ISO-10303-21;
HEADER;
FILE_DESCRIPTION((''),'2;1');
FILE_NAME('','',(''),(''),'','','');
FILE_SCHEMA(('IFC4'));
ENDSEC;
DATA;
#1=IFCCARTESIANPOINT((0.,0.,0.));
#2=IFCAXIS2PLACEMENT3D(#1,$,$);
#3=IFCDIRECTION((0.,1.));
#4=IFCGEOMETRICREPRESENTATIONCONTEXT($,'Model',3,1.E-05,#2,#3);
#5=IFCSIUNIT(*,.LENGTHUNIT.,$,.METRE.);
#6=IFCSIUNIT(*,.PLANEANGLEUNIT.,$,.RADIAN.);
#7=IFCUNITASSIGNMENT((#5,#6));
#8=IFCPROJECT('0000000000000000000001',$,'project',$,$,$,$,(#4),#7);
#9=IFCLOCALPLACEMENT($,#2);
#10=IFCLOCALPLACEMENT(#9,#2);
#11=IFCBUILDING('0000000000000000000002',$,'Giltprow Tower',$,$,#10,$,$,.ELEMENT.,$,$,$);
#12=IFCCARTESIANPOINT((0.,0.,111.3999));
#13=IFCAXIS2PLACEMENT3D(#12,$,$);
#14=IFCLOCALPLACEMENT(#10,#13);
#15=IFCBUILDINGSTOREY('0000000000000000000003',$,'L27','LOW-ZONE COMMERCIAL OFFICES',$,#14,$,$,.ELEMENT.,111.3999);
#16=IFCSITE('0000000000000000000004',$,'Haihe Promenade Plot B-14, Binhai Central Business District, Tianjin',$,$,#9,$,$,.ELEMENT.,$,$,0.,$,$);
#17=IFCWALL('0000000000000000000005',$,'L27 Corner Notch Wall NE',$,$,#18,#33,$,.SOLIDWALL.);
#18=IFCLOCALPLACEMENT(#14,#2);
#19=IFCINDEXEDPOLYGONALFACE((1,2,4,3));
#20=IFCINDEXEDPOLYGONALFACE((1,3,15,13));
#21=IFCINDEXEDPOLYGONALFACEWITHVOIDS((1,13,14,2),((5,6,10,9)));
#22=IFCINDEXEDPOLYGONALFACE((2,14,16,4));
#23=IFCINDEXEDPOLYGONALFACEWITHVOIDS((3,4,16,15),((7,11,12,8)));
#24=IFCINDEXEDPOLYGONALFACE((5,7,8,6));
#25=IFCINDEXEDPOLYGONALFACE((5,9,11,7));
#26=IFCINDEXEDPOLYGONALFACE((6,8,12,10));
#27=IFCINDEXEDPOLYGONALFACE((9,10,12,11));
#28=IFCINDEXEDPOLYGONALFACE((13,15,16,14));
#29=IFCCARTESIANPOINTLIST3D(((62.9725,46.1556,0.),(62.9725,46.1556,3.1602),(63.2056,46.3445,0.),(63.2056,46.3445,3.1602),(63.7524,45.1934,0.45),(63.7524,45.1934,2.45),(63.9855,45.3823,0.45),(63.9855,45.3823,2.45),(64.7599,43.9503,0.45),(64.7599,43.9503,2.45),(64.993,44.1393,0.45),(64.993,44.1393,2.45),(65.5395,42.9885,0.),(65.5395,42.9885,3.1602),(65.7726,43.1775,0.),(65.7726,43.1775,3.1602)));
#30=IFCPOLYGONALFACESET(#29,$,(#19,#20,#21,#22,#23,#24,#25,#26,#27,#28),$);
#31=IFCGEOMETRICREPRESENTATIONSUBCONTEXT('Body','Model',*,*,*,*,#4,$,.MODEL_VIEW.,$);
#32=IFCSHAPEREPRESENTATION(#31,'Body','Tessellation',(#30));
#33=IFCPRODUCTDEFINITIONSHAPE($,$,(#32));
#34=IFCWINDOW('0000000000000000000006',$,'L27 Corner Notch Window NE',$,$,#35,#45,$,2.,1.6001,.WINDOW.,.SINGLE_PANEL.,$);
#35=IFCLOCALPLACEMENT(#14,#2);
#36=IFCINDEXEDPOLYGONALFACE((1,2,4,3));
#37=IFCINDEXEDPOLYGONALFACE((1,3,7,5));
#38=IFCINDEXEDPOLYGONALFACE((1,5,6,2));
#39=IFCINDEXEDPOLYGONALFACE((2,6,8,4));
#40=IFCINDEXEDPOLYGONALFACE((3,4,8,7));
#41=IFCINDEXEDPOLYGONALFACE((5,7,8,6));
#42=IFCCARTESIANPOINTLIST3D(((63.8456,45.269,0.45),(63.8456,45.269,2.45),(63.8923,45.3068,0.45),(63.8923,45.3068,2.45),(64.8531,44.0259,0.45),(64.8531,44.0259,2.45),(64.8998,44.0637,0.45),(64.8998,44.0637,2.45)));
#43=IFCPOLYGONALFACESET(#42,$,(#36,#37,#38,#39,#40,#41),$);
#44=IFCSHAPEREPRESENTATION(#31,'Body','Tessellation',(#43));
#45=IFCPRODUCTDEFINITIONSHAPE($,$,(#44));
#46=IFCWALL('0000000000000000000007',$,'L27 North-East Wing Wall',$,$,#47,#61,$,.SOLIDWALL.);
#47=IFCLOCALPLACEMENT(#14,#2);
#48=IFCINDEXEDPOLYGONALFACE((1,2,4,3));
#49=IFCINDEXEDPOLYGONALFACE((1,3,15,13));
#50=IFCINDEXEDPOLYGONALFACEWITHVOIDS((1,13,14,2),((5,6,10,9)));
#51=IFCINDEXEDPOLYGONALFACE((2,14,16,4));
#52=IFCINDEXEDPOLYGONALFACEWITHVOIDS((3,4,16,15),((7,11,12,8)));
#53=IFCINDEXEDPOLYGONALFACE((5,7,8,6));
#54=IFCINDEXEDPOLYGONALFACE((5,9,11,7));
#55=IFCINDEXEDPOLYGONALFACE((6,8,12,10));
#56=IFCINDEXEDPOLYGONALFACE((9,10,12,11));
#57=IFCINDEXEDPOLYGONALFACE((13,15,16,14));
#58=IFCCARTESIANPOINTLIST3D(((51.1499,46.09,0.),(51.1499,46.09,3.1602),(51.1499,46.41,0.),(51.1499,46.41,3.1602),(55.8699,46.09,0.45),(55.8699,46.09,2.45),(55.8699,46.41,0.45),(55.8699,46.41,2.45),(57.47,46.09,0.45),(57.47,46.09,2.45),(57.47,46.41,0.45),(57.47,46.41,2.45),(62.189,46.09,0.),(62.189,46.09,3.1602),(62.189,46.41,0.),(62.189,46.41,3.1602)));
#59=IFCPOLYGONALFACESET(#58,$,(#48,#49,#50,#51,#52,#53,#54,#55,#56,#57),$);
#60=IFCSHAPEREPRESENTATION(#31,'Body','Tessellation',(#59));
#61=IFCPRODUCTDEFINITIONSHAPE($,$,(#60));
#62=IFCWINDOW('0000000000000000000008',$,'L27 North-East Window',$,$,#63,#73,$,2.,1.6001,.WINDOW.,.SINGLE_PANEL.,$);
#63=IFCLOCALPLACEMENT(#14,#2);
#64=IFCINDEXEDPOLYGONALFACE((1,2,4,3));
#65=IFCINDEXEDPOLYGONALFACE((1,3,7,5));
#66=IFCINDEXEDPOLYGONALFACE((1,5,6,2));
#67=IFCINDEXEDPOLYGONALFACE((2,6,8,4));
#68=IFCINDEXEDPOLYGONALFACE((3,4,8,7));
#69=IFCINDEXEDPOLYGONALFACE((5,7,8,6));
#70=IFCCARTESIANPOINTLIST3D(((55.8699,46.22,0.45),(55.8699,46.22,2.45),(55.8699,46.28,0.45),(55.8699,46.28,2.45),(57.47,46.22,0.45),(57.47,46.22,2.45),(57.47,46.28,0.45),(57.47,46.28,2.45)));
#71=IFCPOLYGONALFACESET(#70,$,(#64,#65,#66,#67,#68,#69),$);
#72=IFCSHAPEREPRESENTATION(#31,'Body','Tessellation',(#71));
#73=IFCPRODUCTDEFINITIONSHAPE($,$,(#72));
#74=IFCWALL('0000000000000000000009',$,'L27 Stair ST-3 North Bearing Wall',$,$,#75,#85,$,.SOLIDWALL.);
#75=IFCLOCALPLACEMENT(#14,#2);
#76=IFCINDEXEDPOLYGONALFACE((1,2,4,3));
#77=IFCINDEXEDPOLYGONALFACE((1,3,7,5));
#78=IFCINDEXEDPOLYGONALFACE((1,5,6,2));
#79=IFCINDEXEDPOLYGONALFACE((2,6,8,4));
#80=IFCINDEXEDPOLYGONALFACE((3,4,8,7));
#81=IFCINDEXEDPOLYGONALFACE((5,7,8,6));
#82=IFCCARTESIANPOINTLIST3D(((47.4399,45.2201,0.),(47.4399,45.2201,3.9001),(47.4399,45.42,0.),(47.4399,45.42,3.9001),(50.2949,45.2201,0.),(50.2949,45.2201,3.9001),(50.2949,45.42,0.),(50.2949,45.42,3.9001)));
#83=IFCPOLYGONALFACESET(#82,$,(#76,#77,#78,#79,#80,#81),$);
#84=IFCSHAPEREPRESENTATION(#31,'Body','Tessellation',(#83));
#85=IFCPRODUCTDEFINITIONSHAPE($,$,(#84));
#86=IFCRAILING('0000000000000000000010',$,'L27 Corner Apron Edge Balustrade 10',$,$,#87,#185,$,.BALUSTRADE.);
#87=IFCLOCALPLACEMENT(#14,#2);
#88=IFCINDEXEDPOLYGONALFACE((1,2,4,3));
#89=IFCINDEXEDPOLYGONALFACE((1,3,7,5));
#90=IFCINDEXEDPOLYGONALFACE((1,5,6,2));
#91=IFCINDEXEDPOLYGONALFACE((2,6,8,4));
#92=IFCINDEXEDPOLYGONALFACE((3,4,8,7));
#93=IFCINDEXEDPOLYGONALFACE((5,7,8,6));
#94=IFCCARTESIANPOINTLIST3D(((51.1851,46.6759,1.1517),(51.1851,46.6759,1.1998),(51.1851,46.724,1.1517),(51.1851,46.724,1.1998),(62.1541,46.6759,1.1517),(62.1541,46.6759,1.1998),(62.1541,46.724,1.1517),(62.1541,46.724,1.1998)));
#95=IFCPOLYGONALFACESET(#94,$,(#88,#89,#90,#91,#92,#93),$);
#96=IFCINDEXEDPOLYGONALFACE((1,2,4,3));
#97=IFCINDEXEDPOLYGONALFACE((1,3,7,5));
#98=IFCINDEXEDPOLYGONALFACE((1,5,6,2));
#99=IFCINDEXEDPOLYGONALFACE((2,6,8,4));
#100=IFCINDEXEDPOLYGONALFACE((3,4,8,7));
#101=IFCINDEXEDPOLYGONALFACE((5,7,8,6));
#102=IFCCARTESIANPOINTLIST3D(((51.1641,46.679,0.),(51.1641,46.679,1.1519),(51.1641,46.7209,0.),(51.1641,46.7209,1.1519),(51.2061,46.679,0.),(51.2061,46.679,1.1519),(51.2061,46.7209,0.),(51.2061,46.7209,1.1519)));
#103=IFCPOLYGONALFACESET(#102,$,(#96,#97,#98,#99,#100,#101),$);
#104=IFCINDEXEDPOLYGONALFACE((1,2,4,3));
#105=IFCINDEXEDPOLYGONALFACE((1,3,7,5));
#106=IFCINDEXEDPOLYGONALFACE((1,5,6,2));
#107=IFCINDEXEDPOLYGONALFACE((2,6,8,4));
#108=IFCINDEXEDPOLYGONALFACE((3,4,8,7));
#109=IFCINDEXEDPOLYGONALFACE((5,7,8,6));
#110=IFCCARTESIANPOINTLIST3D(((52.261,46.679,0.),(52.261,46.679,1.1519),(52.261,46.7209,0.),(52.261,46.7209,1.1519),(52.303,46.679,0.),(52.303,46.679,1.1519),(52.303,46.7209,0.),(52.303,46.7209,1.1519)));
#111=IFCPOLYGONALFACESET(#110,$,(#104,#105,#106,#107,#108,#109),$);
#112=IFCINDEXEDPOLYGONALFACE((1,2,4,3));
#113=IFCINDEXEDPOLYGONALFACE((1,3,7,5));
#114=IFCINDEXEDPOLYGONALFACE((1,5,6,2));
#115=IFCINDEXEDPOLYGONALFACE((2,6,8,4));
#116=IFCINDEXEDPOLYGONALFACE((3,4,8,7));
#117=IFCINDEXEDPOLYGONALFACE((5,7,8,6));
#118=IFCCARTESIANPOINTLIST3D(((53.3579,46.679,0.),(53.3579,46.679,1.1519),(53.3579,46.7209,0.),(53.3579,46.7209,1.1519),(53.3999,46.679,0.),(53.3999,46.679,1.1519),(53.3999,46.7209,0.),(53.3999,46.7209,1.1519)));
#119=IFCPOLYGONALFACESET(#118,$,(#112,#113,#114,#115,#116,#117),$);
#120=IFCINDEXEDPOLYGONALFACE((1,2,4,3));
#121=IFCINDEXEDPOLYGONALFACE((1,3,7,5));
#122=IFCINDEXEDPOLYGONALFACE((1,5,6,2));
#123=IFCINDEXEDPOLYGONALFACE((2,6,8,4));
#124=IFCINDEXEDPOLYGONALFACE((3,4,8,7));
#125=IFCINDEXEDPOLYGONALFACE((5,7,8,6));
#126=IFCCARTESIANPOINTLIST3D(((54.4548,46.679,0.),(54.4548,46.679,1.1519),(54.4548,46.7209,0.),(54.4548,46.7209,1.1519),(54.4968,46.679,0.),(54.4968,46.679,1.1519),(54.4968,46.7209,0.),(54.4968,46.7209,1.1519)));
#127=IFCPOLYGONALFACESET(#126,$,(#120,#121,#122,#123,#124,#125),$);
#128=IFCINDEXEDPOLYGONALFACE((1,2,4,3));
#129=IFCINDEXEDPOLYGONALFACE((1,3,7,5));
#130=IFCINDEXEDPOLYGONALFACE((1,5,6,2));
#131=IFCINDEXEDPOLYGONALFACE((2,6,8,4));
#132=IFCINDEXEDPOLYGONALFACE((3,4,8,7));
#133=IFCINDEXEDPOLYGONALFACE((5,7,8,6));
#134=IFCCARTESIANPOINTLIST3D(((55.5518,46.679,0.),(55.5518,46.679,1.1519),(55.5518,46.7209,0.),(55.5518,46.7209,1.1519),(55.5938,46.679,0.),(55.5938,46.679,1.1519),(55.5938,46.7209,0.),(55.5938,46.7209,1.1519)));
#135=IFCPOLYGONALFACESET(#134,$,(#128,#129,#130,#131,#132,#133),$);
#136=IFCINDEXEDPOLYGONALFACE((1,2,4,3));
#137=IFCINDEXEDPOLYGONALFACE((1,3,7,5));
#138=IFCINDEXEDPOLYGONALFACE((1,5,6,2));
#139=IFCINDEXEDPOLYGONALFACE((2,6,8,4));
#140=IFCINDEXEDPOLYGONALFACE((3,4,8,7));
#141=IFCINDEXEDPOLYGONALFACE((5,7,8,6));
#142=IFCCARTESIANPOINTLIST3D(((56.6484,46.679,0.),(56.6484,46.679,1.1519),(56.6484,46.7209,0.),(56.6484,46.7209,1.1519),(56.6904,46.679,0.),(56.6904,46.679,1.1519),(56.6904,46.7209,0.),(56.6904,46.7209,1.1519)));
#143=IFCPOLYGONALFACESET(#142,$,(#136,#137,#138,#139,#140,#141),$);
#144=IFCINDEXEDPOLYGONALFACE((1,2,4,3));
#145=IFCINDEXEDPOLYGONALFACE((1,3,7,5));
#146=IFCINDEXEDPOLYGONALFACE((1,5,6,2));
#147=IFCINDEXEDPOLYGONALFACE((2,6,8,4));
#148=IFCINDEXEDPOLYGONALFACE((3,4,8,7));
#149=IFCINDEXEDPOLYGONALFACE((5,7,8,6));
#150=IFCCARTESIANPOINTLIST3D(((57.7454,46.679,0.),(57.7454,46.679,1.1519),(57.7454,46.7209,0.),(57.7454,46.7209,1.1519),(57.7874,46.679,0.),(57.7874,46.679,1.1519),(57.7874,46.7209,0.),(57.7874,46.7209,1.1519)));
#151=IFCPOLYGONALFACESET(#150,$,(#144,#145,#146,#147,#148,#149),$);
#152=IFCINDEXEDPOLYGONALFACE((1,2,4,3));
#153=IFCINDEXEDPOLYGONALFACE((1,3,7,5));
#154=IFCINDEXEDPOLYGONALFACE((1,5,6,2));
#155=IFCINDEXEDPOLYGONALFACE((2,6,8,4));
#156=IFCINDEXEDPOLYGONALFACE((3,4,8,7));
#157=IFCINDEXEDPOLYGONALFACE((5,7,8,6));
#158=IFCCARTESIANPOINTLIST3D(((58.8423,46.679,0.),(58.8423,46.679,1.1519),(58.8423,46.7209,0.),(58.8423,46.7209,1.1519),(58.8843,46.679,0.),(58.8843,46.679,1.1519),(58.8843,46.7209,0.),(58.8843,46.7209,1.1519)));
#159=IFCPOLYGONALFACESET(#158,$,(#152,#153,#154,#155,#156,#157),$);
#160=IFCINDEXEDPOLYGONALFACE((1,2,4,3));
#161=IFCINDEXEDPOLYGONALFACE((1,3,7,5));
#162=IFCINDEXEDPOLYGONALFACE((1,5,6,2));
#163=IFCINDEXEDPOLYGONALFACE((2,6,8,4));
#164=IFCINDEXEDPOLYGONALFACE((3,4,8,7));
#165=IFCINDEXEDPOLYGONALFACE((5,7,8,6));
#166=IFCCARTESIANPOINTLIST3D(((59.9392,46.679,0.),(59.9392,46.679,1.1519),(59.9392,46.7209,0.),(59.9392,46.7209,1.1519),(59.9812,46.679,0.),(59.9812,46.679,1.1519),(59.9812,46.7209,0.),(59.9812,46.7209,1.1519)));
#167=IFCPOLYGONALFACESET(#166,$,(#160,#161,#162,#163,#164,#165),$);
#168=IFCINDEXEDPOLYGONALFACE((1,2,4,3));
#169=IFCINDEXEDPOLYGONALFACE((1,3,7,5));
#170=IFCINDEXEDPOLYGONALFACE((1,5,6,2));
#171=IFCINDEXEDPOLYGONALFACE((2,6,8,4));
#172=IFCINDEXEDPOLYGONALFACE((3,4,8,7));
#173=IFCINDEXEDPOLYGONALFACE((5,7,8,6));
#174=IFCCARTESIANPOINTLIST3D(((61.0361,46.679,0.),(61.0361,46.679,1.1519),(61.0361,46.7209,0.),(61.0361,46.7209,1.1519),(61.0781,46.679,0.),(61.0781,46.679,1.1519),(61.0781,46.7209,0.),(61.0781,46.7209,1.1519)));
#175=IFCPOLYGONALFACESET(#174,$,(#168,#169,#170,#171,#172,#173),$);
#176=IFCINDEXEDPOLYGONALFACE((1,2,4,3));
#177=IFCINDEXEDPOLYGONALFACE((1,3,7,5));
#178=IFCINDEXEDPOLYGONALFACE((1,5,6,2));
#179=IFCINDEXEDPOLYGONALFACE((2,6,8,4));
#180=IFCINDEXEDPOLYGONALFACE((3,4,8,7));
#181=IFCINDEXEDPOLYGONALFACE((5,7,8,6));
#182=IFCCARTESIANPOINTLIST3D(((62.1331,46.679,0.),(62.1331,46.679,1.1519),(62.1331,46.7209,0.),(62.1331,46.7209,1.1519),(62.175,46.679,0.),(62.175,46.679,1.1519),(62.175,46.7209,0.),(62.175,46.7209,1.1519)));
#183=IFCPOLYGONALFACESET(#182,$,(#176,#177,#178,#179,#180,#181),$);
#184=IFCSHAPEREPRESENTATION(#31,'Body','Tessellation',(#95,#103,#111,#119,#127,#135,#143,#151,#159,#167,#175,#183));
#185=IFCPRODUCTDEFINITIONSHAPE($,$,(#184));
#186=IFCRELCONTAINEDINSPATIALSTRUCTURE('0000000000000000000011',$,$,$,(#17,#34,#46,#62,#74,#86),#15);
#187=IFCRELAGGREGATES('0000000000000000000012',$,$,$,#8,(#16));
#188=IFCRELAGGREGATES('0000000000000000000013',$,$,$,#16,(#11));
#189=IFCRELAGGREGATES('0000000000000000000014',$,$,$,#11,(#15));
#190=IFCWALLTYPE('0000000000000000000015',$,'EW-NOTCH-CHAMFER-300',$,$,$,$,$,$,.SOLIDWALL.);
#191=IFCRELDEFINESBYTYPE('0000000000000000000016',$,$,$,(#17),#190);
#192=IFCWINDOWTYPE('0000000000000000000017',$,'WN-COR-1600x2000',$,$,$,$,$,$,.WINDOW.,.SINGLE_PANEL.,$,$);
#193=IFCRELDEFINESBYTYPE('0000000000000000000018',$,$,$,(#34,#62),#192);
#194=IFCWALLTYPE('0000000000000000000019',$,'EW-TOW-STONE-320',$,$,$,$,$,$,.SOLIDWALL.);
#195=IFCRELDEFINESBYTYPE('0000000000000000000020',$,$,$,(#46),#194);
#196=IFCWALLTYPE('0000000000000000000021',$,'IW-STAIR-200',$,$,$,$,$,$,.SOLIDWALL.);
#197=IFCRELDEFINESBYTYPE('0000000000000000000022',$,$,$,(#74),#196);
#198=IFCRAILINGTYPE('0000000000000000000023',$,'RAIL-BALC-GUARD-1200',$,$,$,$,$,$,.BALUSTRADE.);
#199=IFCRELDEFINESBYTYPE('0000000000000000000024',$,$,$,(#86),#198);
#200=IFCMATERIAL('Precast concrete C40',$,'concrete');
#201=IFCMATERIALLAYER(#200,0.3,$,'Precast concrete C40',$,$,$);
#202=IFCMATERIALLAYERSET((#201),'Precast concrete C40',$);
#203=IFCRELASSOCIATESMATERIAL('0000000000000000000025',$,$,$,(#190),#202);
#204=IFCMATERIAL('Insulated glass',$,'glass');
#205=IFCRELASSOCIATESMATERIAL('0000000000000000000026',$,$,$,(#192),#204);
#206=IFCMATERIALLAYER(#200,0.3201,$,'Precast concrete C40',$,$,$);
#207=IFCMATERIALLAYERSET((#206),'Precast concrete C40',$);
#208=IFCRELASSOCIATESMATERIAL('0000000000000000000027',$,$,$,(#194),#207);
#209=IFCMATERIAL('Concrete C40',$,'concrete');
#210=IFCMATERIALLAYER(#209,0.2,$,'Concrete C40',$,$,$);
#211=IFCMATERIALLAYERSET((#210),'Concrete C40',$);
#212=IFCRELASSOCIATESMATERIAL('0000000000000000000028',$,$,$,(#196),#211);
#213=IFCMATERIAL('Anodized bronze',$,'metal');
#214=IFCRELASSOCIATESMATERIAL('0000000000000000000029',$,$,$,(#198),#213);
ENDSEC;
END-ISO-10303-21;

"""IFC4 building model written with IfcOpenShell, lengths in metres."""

from ifc_helpers import new_model, si_unit, direction, frame, frame_2d, origin, origin_2d, place, context, subcontext, project, spatial, rectangle, extrude, source, transform, mapped, material, layer, layer_set, type_object, element, fill, save


model = new_model("IFC4")

# Units and contexts
model_context = context("Model", 3, precision=1e-05, world=origin(), true_north=direction((0.0, 1.0)))
body_context = subcontext(model_context, "Body", "Model", "MODEL_VIEW")
ifc_project = project(units=[si_unit("LENGTHUNIT", "METRE"), si_unit("PLANEANGLEUNIT", "RADIAN")], contexts=[model_context])

# Site, building, storey
site_placement = place(None, origin())
site = spatial("IfcSite", under=ifc_project, at=site_placement, Name="Haihe Promenade Plot B-14, Binhai Central Business District, Tianjin", CompositionType="ELEMENT", RefElevation=0.0)
building_placement = place(site_placement, origin())
building = spatial("IfcBuilding", under=site, at=building_placement, Name="Giltprow Tower", CompositionType="ELEMENT")
storey_placement = place(building_placement, frame((0.0, 0.0, 111.3999)))
storey = spatial("IfcBuildingStorey", under=building, at=storey_placement, Name="L27", Description="LOW-ZONE COMMERCIAL OFFICES", CompositionType="ELEMENT", Elevation=111.3999)

# Walls, openings, windows
ifc_material_1 = material(Name="Precast concrete C40", Category="concrete")
ifc_layer_1 = layer(ifc_material_1, 0.3, Name="Precast concrete C40")
ifc_layer_set_1 = layer_set([ifc_layer_1], Name="Precast concrete C40")
wall_type_1 = type_object("IfcWallType", Name="EW-NOTCH-CHAMFER-300", PredefinedType="SOLIDWALL", material=ifc_layer_set_1)
wall_1_placement = place(storey_placement, frame((65.656, 43.083, 0.0), z_axis=(0.0, 0.0, 1.0), x_axis=(-0.629663, 0.776868, 0.0)))
wall_1 = element("IfcWall", 1, at=wall_1_placement, inside=storey, type_object=wall_type_1, Name="L27 Corner Notch Wall NE", PredefinedType="SOLIDWALL", context=body_context, shape_type="SweptSolid", body=[
    extrude(rectangle(XDim=4.0767, YDim=0.3, at=frame_2d((2.0383, 0.0))), origin(), (0.0, 0.0, 1.0), 3.1602),
])
opening_1_placement = place(wall_1_placement, frame((1.238, 0.0, 0.45)))
opening_1 = element("IfcOpeningElement", 2, at=opening_1_placement, cuts=wall_1, PredefinedType="OPENING", context=body_context, shape_type="SweptSolid", body=[
    extrude(rectangle(XDim=1.6001, YDim=2.0, at=frame_2d((0.8, 1.0))), frame((0.0, 0.1599, 0.0), z_axis=(0.0, -1.0, 0.0), x_axis=(1.0, 0.0, 0.0)), (0.0, 0.0, 1.0), 0.3201),
])
ifc_material_2 = material(Name="Insulated glass", Category="glass")
window_type = type_object("IfcWindowType", Name="WN-COR-1600x2000", PartitioningType="SINGLE_PANEL", PredefinedType="WINDOW", material=ifc_material_2)
shared_shape_1 = source(origin(), body_context, "Body", "SweptSolid", [
    extrude(rectangle(XDim=1.6001, YDim=2.0, at=frame_2d((0.8, 1.0))), frame((0.0, 0.03, 0.0), z_axis=(0.0, -1.0, 0.0), x_axis=(1.0, 0.0, 0.0)), (0.0, 0.0, 1.0), 0.0601),
])
window_1_placement = place(opening_1_placement, origin())
window_1 = element("IfcWindow", 3, at=window_1_placement, inside=storey, type_object=window_type, Name="L27 Corner Notch Window NE", OverallHeight=2.0, OverallWidth=1.6001, PartitioningType="SINGLE_PANEL", PredefinedType="WINDOW", context=body_context, shape_type="MappedRepresentation", body=[
    mapped(shared_shape_1, transform((0.0, 0.0, 0.0), x_axis=(1.0, 0.0, 0.0), y_axis=(0.0, 1.0, 0.0), z_axis=(0.0, 0.0, 1.0), scale=1.0)),
])
fill(opening_1, window_1)
ifc_layer_2 = layer(ifc_material_1, 0.3201, Name="Precast concrete C40")
ifc_layer_set_2 = layer_set([ifc_layer_2], Name="Precast concrete C40")
wall_type_2 = type_object("IfcWallType", Name="EW-TOW-STONE-320", PredefinedType="SOLIDWALL", material=ifc_layer_set_2)
wall_2_placement = place(storey_placement, frame((51.1499, 46.25, 0.0), z_axis=(0.0, 0.0, 1.0), x_axis=(1.0, 0.0, 0.0)))
wall_2 = element("IfcWall", 4, at=wall_2_placement, inside=storey, type_object=wall_type_2, Name="L27 North-East Wing Wall", PredefinedType="SOLIDWALL", context=body_context, shape_type="SweptSolid", body=[
    extrude(rectangle(XDim=11.0391, YDim=0.3201, at=frame_2d((5.5195, 0.0))), origin(), (0.0, 0.0, 1.0), 3.1602),
])
opening_2_placement = place(wall_2_placement, frame((4.72, 0.0, 0.45)))
opening_2 = element("IfcOpeningElement", 5, at=opening_2_placement, cuts=wall_2, PredefinedType="OPENING", context=body_context, shape_type="SweptSolid", body=[
    extrude(rectangle(XDim=1.6001, YDim=2.0, at=frame_2d((0.8, 1.0))), frame((0.0, 0.1699, 0.0), z_axis=(0.0, -1.0, 0.0), x_axis=(1.0, 0.0, 0.0)), (0.0, 0.0, 1.0), 0.3401),
])
window_2_placement = place(opening_2_placement, origin())
window_2 = element("IfcWindow", 6, at=window_2_placement, inside=storey, type_object=window_type, Name="L27 North-East Window", OverallHeight=2.0, OverallWidth=1.6001, PartitioningType="SINGLE_PANEL", PredefinedType="WINDOW", context=body_context, shape_type="MappedRepresentation", body=[
    mapped(shared_shape_1, transform((0.0, 0.0, 0.0), x_axis=(1.0, 0.0, 0.0), y_axis=(0.0, 1.0, 0.0), z_axis=(0.0, 0.0, 1.0), scale=1.0)),
])
fill(opening_2, window_2)

# Wall
ifc_material_3 = material(Name="Concrete C40", Category="concrete")
ifc_layer_3 = layer(ifc_material_3, 0.2, Name="Concrete C40")
ifc_layer_set_3 = layer_set([ifc_layer_3], Name="Concrete C40")
wall_type_3 = type_object("IfcWallType", Name="IW-STAIR-200", PredefinedType="SOLIDWALL", material=ifc_layer_set_3)
wall_3_placement = place(storey_placement, frame((47.4399, 45.3201, 0.0), z_axis=(0.0, 0.0, 1.0), x_axis=(1.0, 0.0, 0.0)))
element("IfcWall", 7, at=wall_3_placement, inside=storey, type_object=wall_type_3, Name="L27 Stair ST-3 North Bearing Wall", PredefinedType="SOLIDWALL", context=body_context, shape_type="SweptSolid", body=[
    extrude(rectangle(XDim=2.855, YDim=0.2, at=frame_2d((1.4275, 0.0))), origin(), (0.0, 0.0, 1.0), 3.9001),
])

# Railing
ifc_material_4 = material(Name="Anodized bronze", Category="metal")
railing_type_1 = type_object("IfcRailingType", Name="RAIL-BALC-GUARD-1200", PredefinedType="BALUSTRADE", material=ifc_material_4)
railing_1_placement = place(storey_placement, frame((51.1851, 46.7, 0.0)))
element("IfcRailing", 8, at=railing_1_placement, inside=storey, type_object=railing_type_1, Name="L27 Corner Apron Edge Balustrade 10", PredefinedType="BALUSTRADE", context=body_context, shape_type="SweptSolid", body=[
    extrude(rectangle(XDim=0.0481, YDim=0.0481, at=origin_2d()), frame((0.0, 0.0, 1.1758), z_axis=(1.0, 0.0, 0.0), x_axis=(0.0, 1.0, 0.0)), (0.0, 0.0, 1.0), 10.969),
    extrude(rectangle(XDim=0.042, YDim=0.042, at=origin_2d()), origin(), (0.0, 0.0, 1.0), 1.1519),
    extrude(rectangle(XDim=0.042, YDim=0.042, at=origin_2d()), frame((1.0969, 0.0, 0.0)), (0.0, 0.0, 1.0), 1.1519),
    extrude(rectangle(XDim=0.042, YDim=0.042, at=origin_2d()), frame((2.1938, 0.0, 0.0)), (0.0, 0.0, 1.0), 1.1519),
    extrude(rectangle(XDim=0.042, YDim=0.042, at=origin_2d()), frame((3.2908, 0.0, 0.0)), (0.0, 0.0, 1.0), 1.1519),
    extrude(rectangle(XDim=0.042, YDim=0.042, at=origin_2d()), frame((4.3877, 0.0, 0.0)), (0.0, 0.0, 1.0), 1.1519),
    extrude(rectangle(XDim=0.042, YDim=0.042, at=origin_2d()), frame((5.4844, 0.0, 0.0)), (0.0, 0.0, 1.0), 1.1519),
    extrude(rectangle(XDim=0.042, YDim=0.042, at=origin_2d()), frame((6.5813, 0.0, 0.0)), (0.0, 0.0, 1.0), 1.1519),
    extrude(rectangle(XDim=0.042, YDim=0.042, at=origin_2d()), frame((7.6782, 0.0, 0.0)), (0.0, 0.0, 1.0), 1.1519),
    extrude(rectangle(XDim=0.042, YDim=0.042, at=origin_2d()), frame((8.7751, 0.0, 0.0)), (0.0, 0.0, 1.0), 1.1519),
    extrude(rectangle(XDim=0.042, YDim=0.042, at=origin_2d()), frame((9.8721, 0.0, 0.0)), (0.0, 0.0, 1.0), 1.1519),
    extrude(rectangle(XDim=0.042, YDim=0.042, at=origin_2d()), frame((10.969, 0.0, 0.0)), (0.0, 0.0, 1.0), 1.1519),
])

save(model, "model.ifc")
